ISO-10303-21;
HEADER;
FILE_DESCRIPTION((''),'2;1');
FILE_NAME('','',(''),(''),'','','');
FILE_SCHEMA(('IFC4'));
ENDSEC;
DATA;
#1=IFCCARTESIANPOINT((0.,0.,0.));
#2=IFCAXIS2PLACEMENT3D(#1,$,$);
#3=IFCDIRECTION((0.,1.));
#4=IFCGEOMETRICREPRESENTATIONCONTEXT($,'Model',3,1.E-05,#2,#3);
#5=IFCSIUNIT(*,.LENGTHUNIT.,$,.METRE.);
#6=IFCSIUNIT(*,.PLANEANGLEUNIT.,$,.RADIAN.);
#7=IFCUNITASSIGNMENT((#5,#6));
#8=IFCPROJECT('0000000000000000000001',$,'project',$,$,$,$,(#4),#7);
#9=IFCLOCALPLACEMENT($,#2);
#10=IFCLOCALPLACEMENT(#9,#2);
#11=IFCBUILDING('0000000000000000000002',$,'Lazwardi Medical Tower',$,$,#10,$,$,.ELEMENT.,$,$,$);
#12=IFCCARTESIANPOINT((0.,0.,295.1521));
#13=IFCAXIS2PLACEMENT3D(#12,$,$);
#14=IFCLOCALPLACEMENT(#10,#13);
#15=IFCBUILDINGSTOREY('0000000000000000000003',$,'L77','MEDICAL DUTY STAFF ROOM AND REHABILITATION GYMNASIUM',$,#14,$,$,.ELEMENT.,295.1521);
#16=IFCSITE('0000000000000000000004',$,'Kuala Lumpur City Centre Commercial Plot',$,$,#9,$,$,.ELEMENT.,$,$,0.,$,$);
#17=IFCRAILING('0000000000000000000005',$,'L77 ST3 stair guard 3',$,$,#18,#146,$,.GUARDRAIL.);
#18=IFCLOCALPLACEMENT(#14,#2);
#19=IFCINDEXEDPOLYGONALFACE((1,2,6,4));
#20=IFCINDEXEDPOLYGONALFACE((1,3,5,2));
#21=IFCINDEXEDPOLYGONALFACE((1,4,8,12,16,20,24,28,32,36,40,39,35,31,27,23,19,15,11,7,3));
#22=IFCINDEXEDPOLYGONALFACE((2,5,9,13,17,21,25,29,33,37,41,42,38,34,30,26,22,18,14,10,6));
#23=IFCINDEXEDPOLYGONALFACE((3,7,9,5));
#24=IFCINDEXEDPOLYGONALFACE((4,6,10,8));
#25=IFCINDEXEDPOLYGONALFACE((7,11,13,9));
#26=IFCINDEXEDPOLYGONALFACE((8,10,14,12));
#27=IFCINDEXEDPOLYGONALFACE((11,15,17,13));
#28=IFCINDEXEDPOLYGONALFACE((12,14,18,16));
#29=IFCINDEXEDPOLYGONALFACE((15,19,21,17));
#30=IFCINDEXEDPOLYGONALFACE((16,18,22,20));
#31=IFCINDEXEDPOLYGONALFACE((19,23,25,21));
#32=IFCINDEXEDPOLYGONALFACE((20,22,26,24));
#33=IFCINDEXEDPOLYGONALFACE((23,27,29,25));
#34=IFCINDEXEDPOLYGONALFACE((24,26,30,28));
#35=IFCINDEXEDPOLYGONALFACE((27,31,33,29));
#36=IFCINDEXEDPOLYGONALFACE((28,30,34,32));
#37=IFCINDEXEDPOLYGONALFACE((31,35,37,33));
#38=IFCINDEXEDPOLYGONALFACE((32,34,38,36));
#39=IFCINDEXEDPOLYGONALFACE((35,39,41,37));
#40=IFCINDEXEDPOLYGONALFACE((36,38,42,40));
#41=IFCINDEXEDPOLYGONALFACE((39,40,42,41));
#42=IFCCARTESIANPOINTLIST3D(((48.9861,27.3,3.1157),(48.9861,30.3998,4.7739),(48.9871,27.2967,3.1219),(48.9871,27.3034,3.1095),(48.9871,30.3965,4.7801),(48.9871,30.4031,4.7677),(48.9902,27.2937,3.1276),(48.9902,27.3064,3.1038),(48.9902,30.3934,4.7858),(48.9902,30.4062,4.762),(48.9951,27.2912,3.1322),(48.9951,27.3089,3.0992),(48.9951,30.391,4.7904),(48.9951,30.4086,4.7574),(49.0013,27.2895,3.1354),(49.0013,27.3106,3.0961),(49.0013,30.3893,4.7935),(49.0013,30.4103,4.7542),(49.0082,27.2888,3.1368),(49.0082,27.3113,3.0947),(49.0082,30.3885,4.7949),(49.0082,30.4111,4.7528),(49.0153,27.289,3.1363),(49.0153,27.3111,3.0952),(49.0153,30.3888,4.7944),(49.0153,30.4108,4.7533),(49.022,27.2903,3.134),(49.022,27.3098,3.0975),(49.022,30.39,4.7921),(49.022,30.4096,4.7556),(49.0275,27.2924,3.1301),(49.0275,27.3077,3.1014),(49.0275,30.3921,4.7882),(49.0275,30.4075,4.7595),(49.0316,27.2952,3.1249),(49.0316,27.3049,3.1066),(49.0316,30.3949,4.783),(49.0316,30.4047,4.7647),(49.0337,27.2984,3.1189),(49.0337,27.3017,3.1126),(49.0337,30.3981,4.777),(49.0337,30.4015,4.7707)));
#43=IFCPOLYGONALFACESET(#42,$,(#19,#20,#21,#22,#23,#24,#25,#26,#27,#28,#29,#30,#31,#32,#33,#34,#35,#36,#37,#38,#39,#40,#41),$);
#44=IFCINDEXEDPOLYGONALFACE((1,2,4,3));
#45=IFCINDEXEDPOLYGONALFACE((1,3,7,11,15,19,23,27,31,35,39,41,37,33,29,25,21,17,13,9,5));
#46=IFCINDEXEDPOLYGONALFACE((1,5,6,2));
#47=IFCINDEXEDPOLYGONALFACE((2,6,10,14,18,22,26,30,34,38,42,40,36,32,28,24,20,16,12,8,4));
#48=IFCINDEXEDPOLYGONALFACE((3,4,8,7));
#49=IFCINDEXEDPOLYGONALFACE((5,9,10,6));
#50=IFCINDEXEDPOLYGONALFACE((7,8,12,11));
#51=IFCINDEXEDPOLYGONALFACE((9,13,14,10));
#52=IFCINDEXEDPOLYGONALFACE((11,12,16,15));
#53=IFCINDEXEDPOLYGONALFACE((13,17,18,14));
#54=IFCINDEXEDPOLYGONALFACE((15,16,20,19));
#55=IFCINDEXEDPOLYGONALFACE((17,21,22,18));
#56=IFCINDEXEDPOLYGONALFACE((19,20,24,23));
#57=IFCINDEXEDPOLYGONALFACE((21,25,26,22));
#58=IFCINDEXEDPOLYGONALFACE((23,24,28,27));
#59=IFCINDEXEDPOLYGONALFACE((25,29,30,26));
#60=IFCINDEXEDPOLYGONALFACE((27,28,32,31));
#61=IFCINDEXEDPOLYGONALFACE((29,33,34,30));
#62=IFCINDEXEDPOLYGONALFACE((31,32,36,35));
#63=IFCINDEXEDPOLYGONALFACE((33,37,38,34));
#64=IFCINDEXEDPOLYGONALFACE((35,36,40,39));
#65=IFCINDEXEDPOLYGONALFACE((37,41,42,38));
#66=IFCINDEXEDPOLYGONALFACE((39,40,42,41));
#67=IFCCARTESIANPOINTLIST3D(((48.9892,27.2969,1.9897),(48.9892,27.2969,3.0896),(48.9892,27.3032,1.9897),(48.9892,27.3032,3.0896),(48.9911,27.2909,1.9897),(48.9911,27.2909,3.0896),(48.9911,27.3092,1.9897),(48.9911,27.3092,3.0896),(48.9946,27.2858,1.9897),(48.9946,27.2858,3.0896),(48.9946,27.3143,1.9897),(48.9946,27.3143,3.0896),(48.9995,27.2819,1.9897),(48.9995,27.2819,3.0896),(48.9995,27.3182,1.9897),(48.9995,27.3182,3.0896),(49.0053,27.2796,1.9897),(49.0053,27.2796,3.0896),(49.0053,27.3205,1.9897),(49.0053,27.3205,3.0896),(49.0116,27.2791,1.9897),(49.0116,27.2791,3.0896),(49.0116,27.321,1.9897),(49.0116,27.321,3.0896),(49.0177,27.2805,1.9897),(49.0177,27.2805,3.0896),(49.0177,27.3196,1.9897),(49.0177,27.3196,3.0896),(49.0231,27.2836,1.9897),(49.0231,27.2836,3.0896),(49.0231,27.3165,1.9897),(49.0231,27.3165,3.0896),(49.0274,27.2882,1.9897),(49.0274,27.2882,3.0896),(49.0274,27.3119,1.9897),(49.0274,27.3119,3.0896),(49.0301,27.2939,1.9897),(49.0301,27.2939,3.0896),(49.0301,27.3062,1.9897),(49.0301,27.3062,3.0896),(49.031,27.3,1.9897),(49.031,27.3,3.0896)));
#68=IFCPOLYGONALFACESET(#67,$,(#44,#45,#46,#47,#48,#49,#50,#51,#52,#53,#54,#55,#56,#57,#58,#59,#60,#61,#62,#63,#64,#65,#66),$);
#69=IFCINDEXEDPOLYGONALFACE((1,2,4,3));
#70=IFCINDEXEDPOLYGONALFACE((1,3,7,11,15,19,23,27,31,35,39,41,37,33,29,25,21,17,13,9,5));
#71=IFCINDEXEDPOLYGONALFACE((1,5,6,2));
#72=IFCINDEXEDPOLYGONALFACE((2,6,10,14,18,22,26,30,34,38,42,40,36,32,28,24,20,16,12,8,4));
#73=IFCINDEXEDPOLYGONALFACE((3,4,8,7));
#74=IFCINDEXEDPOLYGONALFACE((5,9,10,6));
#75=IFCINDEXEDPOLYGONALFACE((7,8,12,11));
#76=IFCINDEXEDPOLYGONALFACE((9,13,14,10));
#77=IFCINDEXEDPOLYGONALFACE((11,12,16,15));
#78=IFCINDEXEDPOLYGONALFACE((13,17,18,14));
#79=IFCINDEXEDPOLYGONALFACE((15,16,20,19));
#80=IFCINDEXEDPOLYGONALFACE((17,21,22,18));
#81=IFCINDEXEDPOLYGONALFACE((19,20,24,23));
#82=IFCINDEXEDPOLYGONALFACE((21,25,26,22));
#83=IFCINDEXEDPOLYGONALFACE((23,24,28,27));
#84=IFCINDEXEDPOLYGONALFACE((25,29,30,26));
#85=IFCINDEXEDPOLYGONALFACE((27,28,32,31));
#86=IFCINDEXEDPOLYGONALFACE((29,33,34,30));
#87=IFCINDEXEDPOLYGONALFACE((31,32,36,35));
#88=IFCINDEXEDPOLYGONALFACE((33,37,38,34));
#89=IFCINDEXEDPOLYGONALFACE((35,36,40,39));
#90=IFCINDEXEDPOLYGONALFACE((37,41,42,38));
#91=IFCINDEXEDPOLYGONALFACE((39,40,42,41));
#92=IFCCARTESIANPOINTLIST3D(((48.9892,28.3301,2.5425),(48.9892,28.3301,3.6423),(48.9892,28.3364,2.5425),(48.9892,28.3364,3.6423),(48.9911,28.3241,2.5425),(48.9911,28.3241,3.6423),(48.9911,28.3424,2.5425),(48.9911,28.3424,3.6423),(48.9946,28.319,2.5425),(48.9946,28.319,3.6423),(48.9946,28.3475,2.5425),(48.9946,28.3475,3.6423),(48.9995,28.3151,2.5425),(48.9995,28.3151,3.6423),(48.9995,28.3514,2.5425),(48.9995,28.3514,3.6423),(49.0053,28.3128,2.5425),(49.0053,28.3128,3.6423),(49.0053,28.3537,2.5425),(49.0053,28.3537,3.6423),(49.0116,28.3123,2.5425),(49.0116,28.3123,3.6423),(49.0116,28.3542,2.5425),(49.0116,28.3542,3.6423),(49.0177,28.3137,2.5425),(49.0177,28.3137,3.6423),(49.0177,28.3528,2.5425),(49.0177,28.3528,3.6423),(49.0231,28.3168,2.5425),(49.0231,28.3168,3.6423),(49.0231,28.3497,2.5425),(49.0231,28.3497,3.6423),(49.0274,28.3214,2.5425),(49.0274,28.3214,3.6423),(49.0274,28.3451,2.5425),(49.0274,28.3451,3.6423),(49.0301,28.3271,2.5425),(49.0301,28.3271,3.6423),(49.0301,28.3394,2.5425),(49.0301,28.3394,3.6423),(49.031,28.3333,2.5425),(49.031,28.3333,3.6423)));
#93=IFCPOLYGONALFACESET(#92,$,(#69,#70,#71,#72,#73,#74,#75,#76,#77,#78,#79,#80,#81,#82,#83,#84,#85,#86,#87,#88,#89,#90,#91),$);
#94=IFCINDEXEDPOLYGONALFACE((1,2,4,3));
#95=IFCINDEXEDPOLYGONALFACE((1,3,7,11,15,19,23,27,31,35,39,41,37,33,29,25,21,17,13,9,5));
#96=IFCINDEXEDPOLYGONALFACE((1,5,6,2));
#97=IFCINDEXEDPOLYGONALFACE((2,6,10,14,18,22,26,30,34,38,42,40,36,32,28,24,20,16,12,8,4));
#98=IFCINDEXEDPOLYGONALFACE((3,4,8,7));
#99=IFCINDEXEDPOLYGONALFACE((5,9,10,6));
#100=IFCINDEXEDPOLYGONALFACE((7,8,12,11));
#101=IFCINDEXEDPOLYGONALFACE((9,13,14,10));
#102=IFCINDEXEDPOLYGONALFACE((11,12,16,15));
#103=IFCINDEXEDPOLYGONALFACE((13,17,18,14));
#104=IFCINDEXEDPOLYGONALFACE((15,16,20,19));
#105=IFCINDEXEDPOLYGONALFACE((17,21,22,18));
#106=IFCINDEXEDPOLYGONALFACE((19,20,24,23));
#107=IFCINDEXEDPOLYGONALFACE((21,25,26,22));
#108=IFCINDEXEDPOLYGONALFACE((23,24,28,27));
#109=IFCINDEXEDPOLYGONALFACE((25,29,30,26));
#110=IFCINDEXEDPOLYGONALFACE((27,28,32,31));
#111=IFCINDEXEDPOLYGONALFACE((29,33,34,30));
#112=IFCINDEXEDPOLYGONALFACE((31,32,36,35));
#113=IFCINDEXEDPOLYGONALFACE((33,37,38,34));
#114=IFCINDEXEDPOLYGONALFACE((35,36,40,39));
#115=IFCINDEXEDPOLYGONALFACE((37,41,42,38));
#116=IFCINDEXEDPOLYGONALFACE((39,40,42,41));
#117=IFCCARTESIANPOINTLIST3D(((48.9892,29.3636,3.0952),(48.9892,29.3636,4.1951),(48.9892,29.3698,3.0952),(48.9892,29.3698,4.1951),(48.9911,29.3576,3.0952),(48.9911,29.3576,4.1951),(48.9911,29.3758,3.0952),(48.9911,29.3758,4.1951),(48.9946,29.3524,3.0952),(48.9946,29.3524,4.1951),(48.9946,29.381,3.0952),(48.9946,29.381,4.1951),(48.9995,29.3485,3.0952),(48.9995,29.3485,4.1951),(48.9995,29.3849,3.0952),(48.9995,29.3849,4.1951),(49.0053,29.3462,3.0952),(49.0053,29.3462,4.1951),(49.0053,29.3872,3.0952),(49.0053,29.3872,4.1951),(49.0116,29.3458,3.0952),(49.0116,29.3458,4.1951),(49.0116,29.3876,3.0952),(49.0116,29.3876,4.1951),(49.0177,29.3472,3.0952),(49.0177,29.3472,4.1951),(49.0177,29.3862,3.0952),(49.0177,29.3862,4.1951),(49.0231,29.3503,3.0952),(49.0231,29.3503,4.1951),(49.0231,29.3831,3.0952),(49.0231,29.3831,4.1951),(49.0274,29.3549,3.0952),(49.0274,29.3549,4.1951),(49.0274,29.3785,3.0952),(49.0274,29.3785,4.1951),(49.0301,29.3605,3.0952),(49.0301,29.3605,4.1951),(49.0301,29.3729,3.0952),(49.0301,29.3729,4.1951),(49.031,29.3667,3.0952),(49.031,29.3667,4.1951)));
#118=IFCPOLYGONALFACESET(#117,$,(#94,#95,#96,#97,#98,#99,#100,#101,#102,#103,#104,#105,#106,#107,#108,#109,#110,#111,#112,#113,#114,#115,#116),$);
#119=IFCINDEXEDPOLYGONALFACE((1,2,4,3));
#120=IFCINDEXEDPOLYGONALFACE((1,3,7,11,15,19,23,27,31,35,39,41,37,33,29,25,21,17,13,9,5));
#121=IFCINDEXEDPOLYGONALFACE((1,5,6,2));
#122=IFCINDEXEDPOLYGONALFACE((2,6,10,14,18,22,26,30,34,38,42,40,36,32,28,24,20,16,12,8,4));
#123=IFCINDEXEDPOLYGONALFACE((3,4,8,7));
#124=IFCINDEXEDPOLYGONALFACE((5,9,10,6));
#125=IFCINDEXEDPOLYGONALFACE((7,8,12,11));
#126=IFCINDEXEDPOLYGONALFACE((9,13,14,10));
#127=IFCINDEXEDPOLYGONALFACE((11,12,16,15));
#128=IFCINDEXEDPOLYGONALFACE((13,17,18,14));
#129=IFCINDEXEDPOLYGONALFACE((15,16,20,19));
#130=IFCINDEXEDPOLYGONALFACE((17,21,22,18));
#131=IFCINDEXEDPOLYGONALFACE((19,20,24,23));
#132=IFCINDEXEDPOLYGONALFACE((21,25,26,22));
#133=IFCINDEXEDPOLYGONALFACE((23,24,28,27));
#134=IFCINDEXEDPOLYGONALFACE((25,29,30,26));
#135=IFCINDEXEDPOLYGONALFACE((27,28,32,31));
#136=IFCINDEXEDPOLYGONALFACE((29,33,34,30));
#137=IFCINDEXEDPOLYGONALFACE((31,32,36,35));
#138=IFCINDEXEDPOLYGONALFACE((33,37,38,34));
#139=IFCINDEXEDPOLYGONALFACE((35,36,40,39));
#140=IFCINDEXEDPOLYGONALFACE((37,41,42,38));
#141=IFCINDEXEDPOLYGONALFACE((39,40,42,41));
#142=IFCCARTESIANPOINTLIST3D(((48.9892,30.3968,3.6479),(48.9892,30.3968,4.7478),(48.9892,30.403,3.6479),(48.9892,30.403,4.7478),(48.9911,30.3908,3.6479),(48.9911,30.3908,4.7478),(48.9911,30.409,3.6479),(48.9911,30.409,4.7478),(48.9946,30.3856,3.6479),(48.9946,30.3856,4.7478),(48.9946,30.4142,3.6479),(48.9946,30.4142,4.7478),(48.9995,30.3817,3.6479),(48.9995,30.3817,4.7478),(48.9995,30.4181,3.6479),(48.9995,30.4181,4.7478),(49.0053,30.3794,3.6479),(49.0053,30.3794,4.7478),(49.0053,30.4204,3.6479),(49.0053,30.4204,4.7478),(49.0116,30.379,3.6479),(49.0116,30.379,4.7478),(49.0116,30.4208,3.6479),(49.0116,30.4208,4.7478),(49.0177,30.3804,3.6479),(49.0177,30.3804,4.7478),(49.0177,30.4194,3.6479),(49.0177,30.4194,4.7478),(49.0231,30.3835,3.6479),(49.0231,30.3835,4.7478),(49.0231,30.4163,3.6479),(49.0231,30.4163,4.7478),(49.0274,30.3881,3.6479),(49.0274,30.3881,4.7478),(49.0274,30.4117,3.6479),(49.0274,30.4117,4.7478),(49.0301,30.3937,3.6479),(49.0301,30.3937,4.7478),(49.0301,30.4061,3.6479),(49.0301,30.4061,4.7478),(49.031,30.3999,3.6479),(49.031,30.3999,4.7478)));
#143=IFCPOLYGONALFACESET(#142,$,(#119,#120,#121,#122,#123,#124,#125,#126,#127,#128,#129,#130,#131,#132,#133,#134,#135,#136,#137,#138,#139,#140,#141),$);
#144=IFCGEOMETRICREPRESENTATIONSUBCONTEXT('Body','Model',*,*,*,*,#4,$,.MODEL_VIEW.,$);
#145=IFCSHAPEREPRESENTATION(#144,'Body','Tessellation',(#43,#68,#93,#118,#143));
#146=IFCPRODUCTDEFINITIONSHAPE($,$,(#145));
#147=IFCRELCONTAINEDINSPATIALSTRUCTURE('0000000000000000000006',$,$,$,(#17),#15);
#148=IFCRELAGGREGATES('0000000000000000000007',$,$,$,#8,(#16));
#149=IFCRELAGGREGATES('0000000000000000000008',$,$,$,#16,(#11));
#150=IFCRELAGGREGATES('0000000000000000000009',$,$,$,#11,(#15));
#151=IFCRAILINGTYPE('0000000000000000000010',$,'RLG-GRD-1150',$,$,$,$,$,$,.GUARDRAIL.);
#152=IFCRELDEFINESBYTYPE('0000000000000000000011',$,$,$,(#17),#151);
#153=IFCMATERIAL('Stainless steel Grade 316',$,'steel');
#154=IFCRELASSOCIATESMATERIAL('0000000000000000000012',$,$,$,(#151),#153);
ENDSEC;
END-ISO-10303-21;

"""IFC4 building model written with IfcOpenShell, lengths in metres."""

from ifc_helpers import new_model, si_unit, direction, frame, origin, origin_2d, place, context, subcontext, project, spatial, circle, extrude, material, type_object, element, save


model = new_model("IFC4")

# Units and contexts
model_context = context("Model", 3, precision=1e-05, world=origin(), true_north=direction((0.0, 1.0)))
body_context = subcontext(model_context, "Body", "Model", "MODEL_VIEW")
ifc_project = project(units=[si_unit("LENGTHUNIT", "METRE"), si_unit("PLANEANGLEUNIT", "RADIAN")], contexts=[model_context])

# Site, building, storey
site_placement = place(None, origin())
site = spatial("IfcSite", under=ifc_project, at=site_placement, Name="Kuala Lumpur City Centre Commercial Plot", CompositionType="ELEMENT", RefElevation=0.0)
building_placement = place(site_placement, origin())
building = spatial("IfcBuilding", under=site, at=building_placement, Name="Lazwardi Medical Tower", CompositionType="ELEMENT")
storey_placement = place(building_placement, frame((0.0, 0.0, 295.1521)))
storey = spatial("IfcBuildingStorey", under=building, at=storey_placement, Name="L77", Description="MEDICAL DUTY STAFF ROOM AND REHABILITATION GYMNASIUM", CompositionType="ELEMENT", Elevation=295.1521)

# Railing
ifc_material_1 = material(Name="Stainless steel Grade 316", Category="steel")
railing_type_1 = type_object("IfcRailingType", Name="RLG-GRD-1150", PredefinedType="GUARDRAIL", material=ifc_material_1)
railing_1_placement = place(storey_placement, frame((49.01, 27.3, 1.9897)))
element("IfcRailing", 1, at=railing_1_placement, inside=storey, type_object=railing_type_1, Name="L77 ST3 stair guard 3", PredefinedType="GUARDRAIL", context=body_context, shape_type="SweptSolid", body=[
    extrude(circle(Radius=0.0239, at=origin_2d()), frame((0.0, 0.0, 1.126), z_axis=(0.0, 0.881768, 0.471684), x_axis=(-1.0, 0.0, 0.0)), (0.0, 0.0, 1.0), 3.5154),
    extrude(circle(Radius=0.021, at=origin_2d()), origin(), (0.0, 0.0, 1.0), 1.0999),
    extrude(circle(Radius=0.021, at=origin_2d()), frame((0.0, 1.0332, 0.5527)), (0.0, 0.0, 1.0), 1.0999),
    extrude(circle(Radius=0.021, at=origin_2d()), frame((0.0, 2.0667, 1.1055)), (0.0, 0.0, 1.0), 1.0999),
    extrude(circle(Radius=0.021, at=origin_2d()), frame((0.0, 3.0999, 1.6582)), (0.0, 0.0, 1.0), 1.0999),
])

save(model, "model.ifc")
